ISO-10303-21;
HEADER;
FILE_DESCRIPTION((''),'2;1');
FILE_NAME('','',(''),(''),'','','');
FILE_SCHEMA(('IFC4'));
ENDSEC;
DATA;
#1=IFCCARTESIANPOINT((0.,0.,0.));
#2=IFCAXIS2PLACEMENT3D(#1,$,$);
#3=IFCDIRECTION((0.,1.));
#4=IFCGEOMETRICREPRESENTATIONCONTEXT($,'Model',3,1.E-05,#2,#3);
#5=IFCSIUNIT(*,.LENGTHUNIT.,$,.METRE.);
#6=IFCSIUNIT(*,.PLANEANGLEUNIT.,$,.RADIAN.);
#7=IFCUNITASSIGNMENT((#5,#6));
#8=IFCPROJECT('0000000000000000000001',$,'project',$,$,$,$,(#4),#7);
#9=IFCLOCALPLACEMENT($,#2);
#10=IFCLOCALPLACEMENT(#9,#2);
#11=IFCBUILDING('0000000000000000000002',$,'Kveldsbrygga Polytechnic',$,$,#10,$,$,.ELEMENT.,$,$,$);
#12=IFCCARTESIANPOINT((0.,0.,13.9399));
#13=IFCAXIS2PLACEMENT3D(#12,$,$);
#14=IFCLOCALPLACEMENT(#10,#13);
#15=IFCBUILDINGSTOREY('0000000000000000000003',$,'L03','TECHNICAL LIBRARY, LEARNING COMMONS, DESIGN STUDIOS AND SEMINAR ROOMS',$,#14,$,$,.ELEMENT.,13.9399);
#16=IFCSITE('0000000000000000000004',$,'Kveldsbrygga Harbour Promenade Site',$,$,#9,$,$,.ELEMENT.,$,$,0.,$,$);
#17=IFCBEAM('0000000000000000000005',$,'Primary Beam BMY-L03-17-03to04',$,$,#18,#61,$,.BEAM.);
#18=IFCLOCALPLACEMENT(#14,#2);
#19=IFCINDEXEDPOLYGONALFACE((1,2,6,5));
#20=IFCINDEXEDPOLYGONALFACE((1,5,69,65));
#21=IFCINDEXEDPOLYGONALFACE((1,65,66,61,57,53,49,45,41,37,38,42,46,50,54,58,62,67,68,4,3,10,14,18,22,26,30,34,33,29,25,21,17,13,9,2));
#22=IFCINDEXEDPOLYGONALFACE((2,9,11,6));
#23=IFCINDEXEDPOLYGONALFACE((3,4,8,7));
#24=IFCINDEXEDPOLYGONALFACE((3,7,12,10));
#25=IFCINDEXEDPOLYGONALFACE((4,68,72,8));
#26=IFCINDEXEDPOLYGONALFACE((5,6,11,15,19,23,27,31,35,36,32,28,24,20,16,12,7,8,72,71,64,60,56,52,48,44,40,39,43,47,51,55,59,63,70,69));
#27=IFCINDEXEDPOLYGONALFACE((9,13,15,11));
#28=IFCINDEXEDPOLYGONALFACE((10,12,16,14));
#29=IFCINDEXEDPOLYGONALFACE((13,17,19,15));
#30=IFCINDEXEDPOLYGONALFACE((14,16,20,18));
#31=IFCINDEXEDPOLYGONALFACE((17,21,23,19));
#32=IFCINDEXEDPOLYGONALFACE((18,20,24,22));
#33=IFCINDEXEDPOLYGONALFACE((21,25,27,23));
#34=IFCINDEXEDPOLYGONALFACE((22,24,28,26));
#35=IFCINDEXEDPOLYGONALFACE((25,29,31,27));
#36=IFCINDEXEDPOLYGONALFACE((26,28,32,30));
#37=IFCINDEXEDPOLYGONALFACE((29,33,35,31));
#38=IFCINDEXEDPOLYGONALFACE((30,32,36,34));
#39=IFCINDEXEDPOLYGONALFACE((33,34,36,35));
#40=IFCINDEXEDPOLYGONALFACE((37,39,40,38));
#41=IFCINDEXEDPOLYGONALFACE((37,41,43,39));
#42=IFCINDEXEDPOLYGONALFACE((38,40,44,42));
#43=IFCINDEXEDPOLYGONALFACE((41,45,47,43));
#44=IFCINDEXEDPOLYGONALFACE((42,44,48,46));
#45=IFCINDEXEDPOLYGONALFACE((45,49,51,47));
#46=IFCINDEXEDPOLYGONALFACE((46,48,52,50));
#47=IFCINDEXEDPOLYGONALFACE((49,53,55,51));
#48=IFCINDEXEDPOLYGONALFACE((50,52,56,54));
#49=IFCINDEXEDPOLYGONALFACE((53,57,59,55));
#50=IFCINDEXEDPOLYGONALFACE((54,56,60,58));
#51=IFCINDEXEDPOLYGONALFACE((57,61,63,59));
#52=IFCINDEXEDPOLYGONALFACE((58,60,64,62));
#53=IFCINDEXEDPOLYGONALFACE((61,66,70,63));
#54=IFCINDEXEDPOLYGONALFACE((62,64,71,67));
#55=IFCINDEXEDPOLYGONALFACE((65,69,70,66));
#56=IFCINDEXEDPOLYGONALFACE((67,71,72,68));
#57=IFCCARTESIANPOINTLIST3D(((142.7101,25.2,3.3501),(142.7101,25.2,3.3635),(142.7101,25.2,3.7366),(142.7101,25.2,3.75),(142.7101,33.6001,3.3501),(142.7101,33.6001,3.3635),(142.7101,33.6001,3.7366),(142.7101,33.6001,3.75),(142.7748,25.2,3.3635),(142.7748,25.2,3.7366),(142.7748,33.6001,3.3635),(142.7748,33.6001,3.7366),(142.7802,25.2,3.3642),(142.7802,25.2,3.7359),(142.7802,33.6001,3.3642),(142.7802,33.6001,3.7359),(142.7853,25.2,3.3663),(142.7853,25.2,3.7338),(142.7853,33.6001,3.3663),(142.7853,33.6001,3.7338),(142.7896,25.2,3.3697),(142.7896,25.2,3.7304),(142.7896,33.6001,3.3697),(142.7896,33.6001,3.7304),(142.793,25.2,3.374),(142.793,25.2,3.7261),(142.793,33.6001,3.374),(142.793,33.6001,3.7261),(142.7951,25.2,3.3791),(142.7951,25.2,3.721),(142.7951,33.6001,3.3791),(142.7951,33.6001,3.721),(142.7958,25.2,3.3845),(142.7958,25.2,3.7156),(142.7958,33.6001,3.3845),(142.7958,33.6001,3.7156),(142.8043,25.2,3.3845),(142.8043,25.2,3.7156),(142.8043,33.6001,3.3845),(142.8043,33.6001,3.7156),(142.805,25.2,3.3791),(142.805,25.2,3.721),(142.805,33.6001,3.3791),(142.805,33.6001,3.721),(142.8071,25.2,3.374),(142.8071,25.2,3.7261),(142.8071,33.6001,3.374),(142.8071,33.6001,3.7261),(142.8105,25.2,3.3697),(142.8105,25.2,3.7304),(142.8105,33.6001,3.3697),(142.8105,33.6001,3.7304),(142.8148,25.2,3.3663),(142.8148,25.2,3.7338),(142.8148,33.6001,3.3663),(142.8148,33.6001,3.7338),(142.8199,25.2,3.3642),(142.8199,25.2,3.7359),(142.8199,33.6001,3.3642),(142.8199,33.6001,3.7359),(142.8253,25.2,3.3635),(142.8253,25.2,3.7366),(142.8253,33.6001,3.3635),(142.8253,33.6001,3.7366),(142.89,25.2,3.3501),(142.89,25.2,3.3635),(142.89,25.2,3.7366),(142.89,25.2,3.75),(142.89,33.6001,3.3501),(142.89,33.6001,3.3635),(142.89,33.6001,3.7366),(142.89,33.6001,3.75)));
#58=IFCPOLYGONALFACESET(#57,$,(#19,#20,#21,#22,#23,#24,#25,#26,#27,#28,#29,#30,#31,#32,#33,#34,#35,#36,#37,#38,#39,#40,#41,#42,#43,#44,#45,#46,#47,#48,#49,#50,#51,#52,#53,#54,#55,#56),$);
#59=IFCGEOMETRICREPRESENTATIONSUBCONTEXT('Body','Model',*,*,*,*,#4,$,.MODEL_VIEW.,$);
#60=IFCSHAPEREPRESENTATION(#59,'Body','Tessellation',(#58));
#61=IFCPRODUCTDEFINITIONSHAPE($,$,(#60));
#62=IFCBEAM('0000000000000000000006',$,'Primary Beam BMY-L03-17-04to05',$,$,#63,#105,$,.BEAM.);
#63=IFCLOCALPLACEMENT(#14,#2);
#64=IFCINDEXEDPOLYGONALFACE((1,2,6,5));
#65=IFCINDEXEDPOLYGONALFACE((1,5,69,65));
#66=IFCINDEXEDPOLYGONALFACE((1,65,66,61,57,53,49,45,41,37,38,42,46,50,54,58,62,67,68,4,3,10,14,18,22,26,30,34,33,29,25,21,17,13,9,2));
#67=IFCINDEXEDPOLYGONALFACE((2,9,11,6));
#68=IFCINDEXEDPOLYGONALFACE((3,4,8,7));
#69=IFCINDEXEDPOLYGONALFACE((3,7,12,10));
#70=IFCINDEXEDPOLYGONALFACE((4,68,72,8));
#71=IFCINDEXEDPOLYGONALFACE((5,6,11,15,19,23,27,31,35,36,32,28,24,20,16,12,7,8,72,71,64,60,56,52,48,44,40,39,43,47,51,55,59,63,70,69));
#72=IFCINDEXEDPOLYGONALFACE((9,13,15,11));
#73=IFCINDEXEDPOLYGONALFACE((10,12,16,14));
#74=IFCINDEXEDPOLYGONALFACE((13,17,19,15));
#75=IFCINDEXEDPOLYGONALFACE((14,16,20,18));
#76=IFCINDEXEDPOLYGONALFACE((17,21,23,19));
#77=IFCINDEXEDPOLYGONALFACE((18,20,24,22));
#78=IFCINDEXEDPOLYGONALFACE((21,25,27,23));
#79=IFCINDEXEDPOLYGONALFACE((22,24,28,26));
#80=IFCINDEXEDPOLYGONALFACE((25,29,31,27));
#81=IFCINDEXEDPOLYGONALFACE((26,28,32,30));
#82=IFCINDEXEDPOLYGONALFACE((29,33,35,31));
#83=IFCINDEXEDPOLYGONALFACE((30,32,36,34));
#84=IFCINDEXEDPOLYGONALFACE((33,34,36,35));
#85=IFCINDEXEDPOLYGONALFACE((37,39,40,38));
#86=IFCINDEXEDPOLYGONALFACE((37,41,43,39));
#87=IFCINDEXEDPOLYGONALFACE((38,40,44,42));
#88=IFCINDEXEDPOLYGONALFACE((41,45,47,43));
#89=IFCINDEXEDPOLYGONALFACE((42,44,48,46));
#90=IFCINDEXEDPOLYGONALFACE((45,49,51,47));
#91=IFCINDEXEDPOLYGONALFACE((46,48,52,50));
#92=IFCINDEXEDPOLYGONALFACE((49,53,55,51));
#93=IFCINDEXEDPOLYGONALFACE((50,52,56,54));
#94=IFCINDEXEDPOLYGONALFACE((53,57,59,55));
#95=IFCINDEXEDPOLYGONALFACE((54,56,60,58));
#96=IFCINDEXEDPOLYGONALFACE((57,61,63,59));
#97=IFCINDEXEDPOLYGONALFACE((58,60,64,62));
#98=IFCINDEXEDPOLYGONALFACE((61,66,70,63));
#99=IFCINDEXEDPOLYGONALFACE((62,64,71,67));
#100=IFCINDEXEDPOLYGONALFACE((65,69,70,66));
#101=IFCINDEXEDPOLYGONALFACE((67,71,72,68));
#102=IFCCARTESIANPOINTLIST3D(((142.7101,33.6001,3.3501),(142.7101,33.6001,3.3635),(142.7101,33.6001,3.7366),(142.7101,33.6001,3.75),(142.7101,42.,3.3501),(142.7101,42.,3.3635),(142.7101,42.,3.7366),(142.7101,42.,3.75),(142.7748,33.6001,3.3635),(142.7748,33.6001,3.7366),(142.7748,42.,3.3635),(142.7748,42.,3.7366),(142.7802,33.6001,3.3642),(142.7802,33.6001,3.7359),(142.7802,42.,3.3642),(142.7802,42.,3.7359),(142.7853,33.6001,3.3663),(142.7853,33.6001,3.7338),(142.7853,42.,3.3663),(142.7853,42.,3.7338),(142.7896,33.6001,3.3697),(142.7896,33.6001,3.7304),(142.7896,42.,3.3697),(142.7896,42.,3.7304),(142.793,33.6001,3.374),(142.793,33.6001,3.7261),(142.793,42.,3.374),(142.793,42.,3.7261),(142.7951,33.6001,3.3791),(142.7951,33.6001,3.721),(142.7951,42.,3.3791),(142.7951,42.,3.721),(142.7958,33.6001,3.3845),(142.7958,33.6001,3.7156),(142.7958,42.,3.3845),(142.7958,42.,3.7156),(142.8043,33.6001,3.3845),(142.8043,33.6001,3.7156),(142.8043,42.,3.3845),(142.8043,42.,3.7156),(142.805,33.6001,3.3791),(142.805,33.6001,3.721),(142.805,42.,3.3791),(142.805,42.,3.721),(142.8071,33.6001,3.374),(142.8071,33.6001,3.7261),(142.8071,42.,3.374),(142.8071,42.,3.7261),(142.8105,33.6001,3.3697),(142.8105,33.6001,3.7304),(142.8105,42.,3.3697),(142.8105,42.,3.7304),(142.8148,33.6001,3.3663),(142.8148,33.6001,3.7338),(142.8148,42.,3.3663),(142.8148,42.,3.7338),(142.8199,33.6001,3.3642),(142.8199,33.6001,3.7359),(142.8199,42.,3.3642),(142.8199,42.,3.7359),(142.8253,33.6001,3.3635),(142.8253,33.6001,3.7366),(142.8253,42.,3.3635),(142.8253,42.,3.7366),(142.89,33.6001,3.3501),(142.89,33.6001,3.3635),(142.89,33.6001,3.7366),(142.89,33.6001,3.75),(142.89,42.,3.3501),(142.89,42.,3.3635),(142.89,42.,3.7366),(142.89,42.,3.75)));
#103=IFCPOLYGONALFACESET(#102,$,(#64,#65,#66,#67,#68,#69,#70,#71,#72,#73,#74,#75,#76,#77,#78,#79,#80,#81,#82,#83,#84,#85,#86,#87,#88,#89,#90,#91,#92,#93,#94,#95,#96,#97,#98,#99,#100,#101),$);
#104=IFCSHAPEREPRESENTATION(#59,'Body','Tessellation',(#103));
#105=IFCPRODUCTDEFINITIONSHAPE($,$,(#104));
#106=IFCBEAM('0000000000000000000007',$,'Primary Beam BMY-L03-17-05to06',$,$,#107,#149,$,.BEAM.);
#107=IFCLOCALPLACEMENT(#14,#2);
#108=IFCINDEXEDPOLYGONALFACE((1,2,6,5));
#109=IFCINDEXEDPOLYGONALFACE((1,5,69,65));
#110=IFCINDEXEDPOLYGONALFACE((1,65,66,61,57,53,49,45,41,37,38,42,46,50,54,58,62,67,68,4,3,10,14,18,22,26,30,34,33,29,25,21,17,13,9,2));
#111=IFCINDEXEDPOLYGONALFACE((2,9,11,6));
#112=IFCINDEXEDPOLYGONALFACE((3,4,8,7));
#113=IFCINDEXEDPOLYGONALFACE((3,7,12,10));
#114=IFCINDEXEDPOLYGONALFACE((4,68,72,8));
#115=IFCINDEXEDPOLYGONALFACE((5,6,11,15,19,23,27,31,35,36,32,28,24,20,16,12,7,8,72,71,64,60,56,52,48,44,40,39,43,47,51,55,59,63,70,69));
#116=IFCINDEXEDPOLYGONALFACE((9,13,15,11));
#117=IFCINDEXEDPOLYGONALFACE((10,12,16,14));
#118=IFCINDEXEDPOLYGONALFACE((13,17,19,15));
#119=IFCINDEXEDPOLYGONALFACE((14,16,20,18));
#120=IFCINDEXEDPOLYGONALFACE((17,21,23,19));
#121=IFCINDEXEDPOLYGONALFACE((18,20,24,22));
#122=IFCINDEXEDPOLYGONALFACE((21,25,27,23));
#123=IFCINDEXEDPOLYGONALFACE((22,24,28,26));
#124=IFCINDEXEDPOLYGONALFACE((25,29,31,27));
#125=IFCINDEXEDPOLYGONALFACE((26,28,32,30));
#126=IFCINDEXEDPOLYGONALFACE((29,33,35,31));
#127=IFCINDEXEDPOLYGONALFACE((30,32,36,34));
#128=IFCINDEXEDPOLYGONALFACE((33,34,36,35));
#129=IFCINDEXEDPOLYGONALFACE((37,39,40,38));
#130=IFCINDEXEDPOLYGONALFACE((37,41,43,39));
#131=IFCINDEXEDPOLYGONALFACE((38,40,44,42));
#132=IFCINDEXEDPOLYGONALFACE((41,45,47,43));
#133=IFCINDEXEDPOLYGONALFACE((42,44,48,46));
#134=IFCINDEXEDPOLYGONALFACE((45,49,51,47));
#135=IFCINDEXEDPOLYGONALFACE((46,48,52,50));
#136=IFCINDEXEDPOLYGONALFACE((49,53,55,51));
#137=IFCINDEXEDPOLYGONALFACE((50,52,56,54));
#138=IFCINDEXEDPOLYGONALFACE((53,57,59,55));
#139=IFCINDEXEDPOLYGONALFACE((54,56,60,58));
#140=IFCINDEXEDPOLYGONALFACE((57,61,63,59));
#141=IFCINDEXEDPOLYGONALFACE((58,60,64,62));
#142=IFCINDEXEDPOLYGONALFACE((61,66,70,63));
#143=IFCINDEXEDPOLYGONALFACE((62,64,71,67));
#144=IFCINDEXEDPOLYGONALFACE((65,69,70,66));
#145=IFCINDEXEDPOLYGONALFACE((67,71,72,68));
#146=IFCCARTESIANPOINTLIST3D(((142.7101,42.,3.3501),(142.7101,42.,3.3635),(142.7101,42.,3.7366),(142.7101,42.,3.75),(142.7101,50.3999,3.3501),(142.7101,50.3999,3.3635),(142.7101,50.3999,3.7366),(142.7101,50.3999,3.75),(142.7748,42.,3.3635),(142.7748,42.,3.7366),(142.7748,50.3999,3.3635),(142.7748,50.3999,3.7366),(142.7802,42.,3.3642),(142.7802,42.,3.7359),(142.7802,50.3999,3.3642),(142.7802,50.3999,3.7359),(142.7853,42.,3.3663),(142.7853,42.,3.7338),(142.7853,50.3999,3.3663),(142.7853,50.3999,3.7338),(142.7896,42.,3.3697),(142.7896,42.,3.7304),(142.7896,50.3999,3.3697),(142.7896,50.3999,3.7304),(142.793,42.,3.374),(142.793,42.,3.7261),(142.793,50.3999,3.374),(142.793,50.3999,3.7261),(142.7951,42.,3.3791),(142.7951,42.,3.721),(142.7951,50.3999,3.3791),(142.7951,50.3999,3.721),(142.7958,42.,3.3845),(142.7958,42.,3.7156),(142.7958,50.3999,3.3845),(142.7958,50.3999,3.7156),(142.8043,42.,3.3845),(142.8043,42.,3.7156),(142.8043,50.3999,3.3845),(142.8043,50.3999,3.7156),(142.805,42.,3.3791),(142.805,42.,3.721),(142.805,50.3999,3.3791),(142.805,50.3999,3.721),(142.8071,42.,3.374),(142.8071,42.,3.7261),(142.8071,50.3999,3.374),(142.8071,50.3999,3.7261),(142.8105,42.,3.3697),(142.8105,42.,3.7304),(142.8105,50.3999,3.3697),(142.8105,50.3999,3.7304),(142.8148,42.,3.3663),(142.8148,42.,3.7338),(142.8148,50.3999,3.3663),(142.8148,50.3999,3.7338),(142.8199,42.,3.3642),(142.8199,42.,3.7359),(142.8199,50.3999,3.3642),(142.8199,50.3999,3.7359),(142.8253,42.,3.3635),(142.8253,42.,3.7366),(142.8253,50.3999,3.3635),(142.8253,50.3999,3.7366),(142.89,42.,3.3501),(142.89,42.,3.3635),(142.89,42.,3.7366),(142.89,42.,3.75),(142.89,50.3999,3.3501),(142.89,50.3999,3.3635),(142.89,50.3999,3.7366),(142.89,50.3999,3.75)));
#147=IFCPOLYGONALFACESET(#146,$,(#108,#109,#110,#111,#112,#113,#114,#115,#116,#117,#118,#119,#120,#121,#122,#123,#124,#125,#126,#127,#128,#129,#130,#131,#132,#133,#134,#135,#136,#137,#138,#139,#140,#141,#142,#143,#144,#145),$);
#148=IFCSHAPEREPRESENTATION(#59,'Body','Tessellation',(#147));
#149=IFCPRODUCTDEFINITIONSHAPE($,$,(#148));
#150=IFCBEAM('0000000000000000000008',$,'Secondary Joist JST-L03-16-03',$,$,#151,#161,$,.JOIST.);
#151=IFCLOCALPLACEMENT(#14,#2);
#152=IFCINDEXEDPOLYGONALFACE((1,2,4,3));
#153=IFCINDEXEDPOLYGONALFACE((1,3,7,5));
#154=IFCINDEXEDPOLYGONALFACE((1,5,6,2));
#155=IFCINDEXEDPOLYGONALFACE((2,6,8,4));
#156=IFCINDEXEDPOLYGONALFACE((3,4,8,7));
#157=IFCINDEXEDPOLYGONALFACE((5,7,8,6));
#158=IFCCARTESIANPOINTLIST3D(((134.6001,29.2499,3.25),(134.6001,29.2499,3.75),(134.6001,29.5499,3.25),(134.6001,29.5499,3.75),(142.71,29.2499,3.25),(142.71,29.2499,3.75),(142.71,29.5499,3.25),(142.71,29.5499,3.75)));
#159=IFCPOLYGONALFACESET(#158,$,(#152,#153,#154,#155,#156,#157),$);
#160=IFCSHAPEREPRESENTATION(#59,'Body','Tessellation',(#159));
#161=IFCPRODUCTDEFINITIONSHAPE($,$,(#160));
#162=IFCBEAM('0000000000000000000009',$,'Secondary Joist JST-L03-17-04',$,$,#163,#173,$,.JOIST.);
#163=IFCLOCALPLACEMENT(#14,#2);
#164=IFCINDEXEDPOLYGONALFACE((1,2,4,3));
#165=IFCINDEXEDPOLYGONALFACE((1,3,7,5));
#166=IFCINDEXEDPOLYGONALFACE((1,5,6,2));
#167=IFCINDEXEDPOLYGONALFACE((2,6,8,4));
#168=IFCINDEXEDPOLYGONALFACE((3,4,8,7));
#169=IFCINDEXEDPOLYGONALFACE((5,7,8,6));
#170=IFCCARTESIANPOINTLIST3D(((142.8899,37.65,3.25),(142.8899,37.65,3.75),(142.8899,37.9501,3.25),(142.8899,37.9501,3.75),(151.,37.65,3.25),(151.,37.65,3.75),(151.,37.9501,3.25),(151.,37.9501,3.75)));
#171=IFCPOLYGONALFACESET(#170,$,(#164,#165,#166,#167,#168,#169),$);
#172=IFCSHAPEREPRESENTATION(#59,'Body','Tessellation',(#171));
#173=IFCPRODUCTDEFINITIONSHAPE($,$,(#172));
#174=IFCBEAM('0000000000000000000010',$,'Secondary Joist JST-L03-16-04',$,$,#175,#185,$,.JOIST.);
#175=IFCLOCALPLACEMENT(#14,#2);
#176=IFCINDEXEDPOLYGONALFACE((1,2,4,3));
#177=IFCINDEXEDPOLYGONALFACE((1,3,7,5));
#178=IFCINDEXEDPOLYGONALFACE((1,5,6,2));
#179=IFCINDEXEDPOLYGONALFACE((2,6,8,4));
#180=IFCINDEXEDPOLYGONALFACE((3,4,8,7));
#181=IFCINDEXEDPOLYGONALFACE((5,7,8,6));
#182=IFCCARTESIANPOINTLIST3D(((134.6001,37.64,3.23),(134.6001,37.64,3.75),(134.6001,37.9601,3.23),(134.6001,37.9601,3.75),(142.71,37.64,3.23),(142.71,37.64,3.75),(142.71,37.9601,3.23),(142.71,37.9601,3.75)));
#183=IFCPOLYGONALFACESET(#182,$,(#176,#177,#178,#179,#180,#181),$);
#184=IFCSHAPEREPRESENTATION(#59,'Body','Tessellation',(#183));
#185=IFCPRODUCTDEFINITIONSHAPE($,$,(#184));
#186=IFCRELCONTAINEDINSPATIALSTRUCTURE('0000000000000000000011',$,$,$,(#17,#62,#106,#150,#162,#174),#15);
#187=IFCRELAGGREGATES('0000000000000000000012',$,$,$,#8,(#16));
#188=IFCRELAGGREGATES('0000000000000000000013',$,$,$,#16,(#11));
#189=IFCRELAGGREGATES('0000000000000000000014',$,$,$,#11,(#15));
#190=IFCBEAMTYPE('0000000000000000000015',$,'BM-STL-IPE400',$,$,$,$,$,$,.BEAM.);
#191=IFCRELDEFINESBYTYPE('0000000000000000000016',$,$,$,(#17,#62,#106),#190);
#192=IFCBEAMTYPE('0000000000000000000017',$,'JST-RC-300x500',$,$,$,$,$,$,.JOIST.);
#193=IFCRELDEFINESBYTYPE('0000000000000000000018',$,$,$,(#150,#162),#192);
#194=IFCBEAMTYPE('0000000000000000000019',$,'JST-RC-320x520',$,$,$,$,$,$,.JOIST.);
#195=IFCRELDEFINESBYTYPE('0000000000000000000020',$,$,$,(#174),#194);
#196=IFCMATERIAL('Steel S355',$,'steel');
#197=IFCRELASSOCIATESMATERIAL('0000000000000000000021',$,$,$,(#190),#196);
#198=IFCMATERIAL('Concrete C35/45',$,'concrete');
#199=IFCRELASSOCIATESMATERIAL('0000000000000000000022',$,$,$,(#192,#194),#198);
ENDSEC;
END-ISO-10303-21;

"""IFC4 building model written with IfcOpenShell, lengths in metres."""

from ifc_helpers import new_model, si_unit, direction, frame, origin, origin_2d, place, context, subcontext, project, spatial, rectangle, i_section, extrude, material, material_profile, profile_set, type_object, element, save


model = new_model("IFC4")

# Units and contexts
model_context = context("Model", 3, precision=1e-05, world=origin(), true_north=direction((0.0, 1.0)))
body_context = subcontext(model_context, "Body", "Model", "MODEL_VIEW")
ifc_project = project(units=[si_unit("LENGTHUNIT", "METRE"), si_unit("PLANEANGLEUNIT", "RADIAN")], contexts=[model_context])

# Site, building, storey
site_placement = place(None, origin())
site = spatial("IfcSite", under=ifc_project, at=site_placement, Name="Kveldsbrygga Harbour Promenade Site", CompositionType="ELEMENT", RefElevation=0.0)
building_placement = place(site_placement, origin())
building = spatial("IfcBuilding", under=site, at=building_placement, Name="Kveldsbrygga Polytechnic", CompositionType="ELEMENT")
storey_placement = place(building_placement, frame((0.0, 0.0, 13.9399)))
storey = spatial("IfcBuildingStorey", under=building, at=storey_placement, Name="L03", Description="TECHNICAL LIBRARY, LEARNING COMMONS, DESIGN STUDIOS AND SEMINAR ROOMS", CompositionType="ELEMENT", Elevation=13.9399)

# Beams
ifc_material_1 = material(Name="Concrete C35/45", Category="concrete")
ifc_material_2 = material(Name="Steel S355", Category="steel")
ifc_material_profile_1 = material_profile(ifc_material_2, i_section(OverallWidth=0.1799, OverallDepth=0.3999, WebThickness=0.0085, FlangeThickness=0.0134, FilletRadius=0.021, at=origin_2d()), Name="IPE 400")
ifc_profile_set_1 = profile_set([ifc_material_profile_1], Name="Steel S355")
beam_type_1 = type_object("IfcBeamType", Name="BM-STL-IPE400", PredefinedType="BEAM", material=ifc_profile_set_1)
beam_1_placement = place(storey_placement, frame((142.8, 25.2, 3.55), z_axis=(0.0, 1.0, 0.0), x_axis=(-1.0, 0.0, 0.0)))
element("IfcBeam", 1, at=beam_1_placement, inside=storey, type_object=beam_type_1, Name="Primary Beam BMY-L03-17-03to04", PredefinedType="BEAM", context=body_context, shape_type="SweptSolid", body=[
    extrude(i_section(OverallWidth=0.1799, OverallDepth=0.3999, WebThickness=0.0085, FlangeThickness=0.0134, FilletRadius=0.021, at=origin_2d()), origin(), (0.0, 0.0, 1.0), 8.4001),
])
for number, where, z_axis, x_axis, name in (
    (2, (142.8, 33.6001, 3.55), (0.0, 1.0, 0.0), (-1.0, 0.0, 0.0), "Primary Beam BMY-L03-17-04to05"),
    (3, (142.8, 42.0, 3.55), (0.0, 1.0, 0.0), (-1.0, 0.0, 0.0), "Primary Beam BMY-L03-17-05to06"),
):
    element("IfcBeam", number, at=place(storey_placement, frame(where, z_axis=z_axis, x_axis=x_axis)), inside=storey, type_object=beam_type_1, Name=name, PredefinedType="BEAM", context=body_context, shape_type="SweptSolid", body=[
        extrude(i_section(OverallWidth=0.1799, OverallDepth=0.3999, WebThickness=0.0085, FlangeThickness=0.0134, FilletRadius=0.021, at=origin_2d()), origin(), (0.0, 0.0, 1.0), 8.3999),
    ])
ifc_material_profile_2 = material_profile(ifc_material_1, rectangle(XDim=0.3, YDim=0.5, at=origin_2d()), Name="RC 300x500")
ifc_profile_set_2 = profile_set([ifc_material_profile_2], Name="Concrete C35/45")
beam_type_2 = type_object("IfcBeamType", Name="JST-RC-300x500", PredefinedType="JOIST", material=ifc_profile_set_2)
beam_2_placement = place(storey_placement, frame((134.6001, 29.3999, 3.5), z_axis=(1.0, 0.0, 0.0), x_axis=(0.0, 1.0, 0.0)))
element("IfcBeam", 4, at=beam_2_placement, inside=storey, type_object=beam_type_2, Name="Secondary Joist JST-L03-16-03", PredefinedType="JOIST", context=body_context, shape_type="SweptSolid", body=[
    extrude(rectangle(XDim=0.3, YDim=0.5, at=origin_2d()), origin(), (0.0, 0.0, 1.0), 8.1099),
])
beam_3_placement = place(storey_placement, frame((142.8899, 37.8, 3.5), z_axis=(1.0, 0.0, 0.0), x_axis=(0.0, 1.0, 0.0)))
element("IfcBeam", 5, at=beam_3_placement, inside=storey, type_object=beam_type_2, Name="Secondary Joist JST-L03-17-04", PredefinedType="JOIST", context=body_context, shape_type="SweptSolid", body=[
    extrude(rectangle(XDim=0.3, YDim=0.5, at=origin_2d()), origin(), (0.0, 0.0, 1.0), 8.1101),
])
ifc_material_profile_3 = material_profile(ifc_material_1, rectangle(XDim=0.3201, YDim=0.52, at=origin_2d()), Name="RC 320x520")
ifc_profile_set_3 = profile_set([ifc_material_profile_3], Name="Concrete C35/45")
beam_type_3 = type_object("IfcBeamType", Name="JST-RC-320x520", PredefinedType="JOIST", material=ifc_profile_set_3)
beam_4_placement = place(storey_placement, frame((134.6001, 37.8, 3.49), z_axis=(1.0, 0.0, 0.0), x_axis=(0.0, 1.0, 0.0)))
element("IfcBeam", 6, at=beam_4_placement, inside=storey, type_object=beam_type_3, Name="Secondary Joist JST-L03-16-04", PredefinedType="JOIST", context=body_context, shape_type="SweptSolid", body=[
    extrude(rectangle(XDim=0.3201, YDim=0.52, at=origin_2d()), origin(), (0.0, 0.0, 1.0), 8.1099),
])

save(model, "model.ifc")
